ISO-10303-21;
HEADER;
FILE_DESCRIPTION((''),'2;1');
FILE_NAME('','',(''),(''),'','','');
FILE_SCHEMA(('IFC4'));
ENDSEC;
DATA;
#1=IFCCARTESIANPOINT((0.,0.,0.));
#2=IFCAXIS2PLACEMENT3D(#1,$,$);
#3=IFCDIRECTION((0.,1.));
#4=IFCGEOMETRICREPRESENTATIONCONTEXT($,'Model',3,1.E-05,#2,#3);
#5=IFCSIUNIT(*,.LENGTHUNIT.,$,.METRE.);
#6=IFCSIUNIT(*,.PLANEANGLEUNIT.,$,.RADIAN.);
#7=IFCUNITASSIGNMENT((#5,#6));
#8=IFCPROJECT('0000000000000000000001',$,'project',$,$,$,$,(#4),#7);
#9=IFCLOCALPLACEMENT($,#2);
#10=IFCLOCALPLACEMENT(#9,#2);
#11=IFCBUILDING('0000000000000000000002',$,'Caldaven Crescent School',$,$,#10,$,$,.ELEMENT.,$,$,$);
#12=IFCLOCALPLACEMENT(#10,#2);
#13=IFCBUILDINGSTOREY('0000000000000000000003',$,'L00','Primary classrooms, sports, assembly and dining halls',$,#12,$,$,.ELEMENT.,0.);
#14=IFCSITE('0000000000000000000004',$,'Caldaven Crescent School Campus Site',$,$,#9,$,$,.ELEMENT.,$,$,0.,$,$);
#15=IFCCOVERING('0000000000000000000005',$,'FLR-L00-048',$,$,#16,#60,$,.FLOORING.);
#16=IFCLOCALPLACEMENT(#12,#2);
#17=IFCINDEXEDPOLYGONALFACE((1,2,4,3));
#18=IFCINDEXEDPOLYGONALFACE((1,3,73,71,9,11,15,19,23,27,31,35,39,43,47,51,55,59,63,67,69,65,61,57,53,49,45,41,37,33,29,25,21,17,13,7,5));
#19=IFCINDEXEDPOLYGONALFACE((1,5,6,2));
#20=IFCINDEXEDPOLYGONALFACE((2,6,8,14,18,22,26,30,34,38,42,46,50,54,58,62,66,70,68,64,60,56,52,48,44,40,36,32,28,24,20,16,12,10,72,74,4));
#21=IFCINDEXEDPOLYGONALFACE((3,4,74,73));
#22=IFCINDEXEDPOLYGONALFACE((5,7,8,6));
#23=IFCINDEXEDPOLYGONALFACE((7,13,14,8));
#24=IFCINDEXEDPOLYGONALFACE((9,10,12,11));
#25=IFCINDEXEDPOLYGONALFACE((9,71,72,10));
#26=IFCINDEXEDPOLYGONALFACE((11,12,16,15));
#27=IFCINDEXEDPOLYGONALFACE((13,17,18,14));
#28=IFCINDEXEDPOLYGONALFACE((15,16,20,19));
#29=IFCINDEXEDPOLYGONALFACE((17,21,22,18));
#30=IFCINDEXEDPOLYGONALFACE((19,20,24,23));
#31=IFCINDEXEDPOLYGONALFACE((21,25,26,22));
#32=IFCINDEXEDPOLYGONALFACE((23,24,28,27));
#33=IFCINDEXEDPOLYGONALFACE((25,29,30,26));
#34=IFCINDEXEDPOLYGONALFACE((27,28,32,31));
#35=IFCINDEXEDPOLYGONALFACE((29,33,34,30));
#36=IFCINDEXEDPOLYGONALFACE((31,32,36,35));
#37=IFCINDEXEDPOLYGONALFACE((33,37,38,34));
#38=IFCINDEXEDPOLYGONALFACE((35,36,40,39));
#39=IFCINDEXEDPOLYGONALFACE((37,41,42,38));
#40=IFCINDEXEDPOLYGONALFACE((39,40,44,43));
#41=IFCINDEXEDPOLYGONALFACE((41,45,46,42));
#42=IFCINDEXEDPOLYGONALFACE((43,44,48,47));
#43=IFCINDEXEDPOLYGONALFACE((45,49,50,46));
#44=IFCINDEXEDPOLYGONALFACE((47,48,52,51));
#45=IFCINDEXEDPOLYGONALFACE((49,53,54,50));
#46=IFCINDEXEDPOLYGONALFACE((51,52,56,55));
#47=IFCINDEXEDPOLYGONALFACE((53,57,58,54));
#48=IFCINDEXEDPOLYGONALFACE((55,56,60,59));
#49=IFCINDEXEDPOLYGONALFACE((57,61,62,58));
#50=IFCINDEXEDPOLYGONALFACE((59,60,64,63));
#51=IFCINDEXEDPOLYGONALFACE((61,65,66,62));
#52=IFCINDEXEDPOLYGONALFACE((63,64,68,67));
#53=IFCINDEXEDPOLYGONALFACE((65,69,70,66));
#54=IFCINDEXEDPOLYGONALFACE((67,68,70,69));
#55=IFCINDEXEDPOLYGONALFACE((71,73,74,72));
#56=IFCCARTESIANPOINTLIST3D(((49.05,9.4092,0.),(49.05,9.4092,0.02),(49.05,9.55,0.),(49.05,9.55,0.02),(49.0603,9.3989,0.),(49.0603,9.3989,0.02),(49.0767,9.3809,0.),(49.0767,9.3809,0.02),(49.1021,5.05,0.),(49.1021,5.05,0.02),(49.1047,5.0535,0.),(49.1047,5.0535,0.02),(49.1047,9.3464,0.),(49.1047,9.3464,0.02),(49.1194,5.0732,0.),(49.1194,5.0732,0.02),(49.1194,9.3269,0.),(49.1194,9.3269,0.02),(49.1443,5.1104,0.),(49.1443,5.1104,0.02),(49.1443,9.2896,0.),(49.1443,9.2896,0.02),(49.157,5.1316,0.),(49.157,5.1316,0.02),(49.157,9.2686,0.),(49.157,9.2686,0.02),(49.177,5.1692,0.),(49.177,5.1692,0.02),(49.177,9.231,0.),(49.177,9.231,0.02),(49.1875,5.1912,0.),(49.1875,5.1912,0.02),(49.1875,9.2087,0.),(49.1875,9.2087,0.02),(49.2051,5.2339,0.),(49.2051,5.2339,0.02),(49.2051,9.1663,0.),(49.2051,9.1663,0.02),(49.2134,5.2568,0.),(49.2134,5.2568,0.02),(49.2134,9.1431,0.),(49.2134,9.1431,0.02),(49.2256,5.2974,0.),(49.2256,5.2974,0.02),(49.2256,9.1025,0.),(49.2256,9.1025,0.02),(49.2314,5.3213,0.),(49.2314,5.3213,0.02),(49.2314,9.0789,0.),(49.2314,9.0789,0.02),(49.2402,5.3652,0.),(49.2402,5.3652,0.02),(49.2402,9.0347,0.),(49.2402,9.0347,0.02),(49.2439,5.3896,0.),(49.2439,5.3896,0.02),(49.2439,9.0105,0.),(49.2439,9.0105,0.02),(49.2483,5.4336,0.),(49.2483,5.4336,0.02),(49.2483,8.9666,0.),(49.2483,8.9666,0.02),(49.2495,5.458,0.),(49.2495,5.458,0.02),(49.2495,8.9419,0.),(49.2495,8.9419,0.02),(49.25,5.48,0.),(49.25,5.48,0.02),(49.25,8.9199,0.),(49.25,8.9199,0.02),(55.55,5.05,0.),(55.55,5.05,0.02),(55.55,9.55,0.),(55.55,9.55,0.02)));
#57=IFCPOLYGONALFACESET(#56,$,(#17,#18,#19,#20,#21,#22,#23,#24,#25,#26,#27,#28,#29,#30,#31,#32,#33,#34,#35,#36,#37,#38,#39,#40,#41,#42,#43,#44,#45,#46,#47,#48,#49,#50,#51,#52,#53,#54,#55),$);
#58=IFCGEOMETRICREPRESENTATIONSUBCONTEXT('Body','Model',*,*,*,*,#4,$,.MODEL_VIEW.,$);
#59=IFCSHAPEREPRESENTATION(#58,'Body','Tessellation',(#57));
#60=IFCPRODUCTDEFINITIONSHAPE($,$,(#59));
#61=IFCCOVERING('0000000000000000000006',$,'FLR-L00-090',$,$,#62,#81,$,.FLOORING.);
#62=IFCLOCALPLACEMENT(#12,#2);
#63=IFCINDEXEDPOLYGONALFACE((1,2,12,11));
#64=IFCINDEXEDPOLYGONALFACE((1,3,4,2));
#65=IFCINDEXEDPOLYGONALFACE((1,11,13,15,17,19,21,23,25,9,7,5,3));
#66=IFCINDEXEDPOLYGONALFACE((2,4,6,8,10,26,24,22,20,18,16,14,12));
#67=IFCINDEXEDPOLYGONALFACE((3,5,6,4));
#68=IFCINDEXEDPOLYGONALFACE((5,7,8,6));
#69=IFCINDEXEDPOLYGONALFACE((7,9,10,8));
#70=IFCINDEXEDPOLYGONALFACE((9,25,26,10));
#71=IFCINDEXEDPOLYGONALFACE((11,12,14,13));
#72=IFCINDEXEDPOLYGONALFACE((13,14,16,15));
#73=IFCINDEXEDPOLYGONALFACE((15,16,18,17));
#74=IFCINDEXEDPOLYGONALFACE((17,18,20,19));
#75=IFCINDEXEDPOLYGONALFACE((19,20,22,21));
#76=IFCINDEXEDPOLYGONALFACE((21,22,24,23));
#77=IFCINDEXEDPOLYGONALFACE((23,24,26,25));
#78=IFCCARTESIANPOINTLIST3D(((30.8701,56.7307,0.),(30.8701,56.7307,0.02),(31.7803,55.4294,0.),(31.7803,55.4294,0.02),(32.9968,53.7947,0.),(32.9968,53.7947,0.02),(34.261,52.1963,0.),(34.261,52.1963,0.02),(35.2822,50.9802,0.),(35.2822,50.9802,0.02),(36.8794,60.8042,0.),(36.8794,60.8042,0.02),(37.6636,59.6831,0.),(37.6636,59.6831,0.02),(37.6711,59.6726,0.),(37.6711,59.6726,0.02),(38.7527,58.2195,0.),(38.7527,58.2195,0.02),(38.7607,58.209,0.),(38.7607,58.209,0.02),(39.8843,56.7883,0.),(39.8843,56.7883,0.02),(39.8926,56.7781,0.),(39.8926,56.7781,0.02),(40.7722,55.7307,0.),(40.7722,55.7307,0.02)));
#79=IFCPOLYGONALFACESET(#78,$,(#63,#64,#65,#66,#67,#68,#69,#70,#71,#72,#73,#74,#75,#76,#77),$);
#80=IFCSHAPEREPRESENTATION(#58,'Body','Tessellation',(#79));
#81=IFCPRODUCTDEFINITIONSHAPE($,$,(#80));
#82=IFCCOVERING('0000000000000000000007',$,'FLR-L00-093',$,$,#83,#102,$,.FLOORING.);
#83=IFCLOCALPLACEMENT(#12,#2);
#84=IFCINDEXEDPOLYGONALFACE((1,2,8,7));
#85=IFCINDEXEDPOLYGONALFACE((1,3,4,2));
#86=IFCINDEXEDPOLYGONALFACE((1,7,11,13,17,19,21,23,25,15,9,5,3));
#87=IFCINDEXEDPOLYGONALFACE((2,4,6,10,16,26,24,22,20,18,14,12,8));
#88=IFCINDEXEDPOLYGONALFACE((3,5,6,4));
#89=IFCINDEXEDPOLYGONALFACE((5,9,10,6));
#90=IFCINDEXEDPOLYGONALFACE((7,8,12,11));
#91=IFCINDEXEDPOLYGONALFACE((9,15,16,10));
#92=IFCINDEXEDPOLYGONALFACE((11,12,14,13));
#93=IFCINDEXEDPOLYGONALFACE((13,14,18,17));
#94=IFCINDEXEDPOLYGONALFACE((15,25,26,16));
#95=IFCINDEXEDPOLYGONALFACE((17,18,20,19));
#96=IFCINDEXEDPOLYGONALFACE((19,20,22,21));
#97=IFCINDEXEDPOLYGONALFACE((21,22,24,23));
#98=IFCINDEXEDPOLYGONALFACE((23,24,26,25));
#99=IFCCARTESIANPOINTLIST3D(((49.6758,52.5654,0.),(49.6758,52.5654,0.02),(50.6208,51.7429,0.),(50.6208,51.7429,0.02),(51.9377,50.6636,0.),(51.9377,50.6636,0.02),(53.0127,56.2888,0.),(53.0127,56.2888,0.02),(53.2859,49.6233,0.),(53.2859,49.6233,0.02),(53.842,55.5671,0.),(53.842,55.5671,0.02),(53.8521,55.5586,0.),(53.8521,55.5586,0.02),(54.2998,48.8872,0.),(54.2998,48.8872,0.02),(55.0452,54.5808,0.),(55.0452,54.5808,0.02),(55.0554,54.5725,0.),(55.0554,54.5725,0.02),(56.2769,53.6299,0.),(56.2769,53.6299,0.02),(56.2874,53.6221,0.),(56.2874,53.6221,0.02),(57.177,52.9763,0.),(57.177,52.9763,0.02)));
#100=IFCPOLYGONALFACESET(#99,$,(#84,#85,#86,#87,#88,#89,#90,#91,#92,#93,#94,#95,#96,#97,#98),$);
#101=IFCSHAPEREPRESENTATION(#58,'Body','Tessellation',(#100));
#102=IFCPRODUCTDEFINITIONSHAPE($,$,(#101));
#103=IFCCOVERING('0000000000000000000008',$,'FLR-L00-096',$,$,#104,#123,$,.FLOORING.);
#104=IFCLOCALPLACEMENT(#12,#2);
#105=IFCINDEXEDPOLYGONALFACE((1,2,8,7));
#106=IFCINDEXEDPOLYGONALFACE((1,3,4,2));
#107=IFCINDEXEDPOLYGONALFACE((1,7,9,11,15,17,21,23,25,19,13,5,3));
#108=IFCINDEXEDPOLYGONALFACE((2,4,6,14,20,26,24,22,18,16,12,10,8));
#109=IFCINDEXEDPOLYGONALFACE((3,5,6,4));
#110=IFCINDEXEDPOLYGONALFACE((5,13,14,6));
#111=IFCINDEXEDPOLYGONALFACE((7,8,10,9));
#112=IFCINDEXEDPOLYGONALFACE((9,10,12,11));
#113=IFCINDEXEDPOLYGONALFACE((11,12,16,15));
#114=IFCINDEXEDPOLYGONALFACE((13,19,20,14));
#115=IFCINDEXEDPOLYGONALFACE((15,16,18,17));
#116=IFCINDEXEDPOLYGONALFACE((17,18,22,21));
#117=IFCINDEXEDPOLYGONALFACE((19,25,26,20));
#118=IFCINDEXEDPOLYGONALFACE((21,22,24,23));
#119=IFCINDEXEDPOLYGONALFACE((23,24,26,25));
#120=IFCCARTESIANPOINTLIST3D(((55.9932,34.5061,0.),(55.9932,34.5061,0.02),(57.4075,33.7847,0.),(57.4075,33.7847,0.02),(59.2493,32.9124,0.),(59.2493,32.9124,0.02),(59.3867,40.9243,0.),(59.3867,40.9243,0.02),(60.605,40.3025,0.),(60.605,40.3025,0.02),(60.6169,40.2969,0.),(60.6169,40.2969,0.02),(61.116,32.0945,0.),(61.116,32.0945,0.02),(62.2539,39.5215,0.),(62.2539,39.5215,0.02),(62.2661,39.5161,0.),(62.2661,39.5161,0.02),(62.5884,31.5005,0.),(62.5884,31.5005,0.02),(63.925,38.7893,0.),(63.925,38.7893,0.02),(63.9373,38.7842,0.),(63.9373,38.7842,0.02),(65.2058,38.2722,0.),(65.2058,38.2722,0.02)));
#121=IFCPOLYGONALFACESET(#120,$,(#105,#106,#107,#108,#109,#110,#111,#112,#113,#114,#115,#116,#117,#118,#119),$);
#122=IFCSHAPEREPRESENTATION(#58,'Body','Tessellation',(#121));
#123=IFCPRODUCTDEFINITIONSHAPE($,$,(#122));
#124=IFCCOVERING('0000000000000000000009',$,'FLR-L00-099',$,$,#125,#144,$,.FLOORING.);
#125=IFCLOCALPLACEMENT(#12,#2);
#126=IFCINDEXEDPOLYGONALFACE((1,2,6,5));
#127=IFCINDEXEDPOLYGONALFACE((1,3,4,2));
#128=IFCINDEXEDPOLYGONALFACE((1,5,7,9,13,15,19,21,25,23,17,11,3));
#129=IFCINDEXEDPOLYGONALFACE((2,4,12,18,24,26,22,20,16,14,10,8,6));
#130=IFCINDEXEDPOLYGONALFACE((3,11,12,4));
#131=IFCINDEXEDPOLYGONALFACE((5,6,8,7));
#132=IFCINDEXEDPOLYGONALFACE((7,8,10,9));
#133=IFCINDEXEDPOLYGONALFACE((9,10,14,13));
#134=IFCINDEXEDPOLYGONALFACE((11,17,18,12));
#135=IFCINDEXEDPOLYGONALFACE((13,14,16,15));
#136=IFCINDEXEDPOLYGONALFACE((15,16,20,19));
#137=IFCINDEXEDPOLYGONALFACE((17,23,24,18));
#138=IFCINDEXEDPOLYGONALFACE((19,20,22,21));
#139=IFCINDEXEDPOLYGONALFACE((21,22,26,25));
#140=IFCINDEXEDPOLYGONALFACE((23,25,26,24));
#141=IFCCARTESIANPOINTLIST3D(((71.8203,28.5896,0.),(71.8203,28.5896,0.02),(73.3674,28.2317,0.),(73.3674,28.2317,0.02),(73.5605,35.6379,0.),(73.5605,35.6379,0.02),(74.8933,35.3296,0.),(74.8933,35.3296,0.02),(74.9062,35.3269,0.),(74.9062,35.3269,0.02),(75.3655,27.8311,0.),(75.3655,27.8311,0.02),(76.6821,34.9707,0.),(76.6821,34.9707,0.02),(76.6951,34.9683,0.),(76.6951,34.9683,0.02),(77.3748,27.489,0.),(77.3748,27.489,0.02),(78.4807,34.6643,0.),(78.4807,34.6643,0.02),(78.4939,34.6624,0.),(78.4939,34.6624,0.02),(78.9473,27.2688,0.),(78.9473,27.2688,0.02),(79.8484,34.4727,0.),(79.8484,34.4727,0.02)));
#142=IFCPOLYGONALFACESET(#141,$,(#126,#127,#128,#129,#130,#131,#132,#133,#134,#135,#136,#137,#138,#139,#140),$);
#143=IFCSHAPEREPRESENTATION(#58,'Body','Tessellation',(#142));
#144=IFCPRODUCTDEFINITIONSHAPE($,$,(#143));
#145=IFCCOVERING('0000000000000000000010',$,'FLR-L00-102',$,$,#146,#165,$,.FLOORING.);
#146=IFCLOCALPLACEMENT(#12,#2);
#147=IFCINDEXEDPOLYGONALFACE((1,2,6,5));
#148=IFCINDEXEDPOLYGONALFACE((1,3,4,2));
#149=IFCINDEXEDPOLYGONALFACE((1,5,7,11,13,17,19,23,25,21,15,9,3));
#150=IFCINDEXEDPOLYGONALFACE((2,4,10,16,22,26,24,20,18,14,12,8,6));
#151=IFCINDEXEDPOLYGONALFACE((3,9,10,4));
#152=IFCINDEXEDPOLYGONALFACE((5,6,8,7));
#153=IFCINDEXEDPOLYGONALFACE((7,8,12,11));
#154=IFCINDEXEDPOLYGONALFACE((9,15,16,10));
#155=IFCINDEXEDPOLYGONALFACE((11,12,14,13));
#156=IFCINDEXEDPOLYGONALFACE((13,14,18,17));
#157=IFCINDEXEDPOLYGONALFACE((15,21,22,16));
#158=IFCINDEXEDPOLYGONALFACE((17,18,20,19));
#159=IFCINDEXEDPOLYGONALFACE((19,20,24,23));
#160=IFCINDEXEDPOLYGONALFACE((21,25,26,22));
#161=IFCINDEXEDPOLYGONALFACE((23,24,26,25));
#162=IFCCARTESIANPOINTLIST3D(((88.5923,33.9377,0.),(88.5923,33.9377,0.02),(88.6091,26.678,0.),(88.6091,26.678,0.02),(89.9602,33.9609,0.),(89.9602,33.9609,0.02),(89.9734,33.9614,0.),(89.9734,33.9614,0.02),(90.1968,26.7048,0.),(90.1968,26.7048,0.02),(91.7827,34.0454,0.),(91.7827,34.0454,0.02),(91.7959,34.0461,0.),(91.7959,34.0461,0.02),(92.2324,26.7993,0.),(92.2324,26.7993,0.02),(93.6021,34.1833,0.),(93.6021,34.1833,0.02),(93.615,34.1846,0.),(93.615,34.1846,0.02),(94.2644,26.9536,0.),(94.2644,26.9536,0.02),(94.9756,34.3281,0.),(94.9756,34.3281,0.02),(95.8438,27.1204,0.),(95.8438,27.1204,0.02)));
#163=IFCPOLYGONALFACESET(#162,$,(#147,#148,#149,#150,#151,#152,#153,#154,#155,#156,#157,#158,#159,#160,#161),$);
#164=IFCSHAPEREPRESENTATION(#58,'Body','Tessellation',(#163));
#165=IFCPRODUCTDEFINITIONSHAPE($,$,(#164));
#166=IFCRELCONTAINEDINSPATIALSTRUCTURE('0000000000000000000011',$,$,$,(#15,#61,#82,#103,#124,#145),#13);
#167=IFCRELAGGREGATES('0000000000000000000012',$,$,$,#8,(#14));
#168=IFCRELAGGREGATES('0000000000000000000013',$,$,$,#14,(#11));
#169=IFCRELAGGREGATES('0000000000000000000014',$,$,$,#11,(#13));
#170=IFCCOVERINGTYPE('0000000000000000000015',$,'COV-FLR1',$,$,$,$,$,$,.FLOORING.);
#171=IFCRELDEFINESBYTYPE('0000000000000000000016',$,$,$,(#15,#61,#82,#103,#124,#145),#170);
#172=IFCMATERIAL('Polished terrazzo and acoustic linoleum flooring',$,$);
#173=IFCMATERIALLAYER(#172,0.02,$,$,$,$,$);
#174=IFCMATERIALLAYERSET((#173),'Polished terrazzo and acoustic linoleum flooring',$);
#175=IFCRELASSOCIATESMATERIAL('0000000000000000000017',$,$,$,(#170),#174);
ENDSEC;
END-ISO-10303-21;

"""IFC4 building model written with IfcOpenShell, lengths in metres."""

from ifc_helpers import new_model, si_unit, direction, origin, place, context, subcontext, project, spatial, polyline, outline, extrude, material, layer, layer_set, type_object, element, save


model = new_model("IFC4")

# Units and contexts
model_context = context("Model", 3, precision=1e-05, world=origin(), true_north=direction((0.0, 1.0)))
body_context = subcontext(model_context, "Body", "Model", "MODEL_VIEW")
ifc_project = project(units=[si_unit("LENGTHUNIT", "METRE"), si_unit("PLANEANGLEUNIT", "RADIAN")], contexts=[model_context])

# Site, building, storey
site_placement = place(None, origin())
site = spatial("IfcSite", under=ifc_project, at=site_placement, Name="Caldaven Crescent School Campus Site", CompositionType="ELEMENT", RefElevation=0.0)
building_placement = place(site_placement, origin())
building = spatial("IfcBuilding", under=site, at=building_placement, Name="Caldaven Crescent School", CompositionType="ELEMENT")
storey_placement = place(building_placement, origin())
storey = spatial("IfcBuildingStorey", under=building, at=storey_placement, Name="L00", Description="Primary classrooms, sports, assembly and dining halls", CompositionType="ELEMENT", Elevation=0.0)

# Coverings
ifc_material_1 = material(Name="Polished terrazzo and acoustic linoleum flooring")
ifc_layer_1 = layer(ifc_material_1, 0.02)
ifc_layer_set_1 = layer_set([ifc_layer_1], Name="Polished terrazzo and acoustic linoleum flooring")
covering_type_1 = type_object("IfcCoveringType", Name="COV-FLR1", PredefinedType="FLOORING", material=ifc_layer_set_1)
covering_1_placement = place(storey_placement, origin())
element("IfcCovering", 1, at=covering_1_placement, inside=storey, type_object=covering_type_1, Name="FLR-L00-048", PredefinedType="FLOORING", context=body_context, shape_type="SweptSolid", body=[
    extrude(outline(polyline([(49.05, 9.4092), (49.05, 9.55), (55.55, 9.55), (55.55, 5.05), (49.1021, 5.05), (49.1047, 5.0535), (49.1194, 5.0732), (49.1443, 5.1104), (49.157, 5.1316), (49.177, 5.1692), (49.1875, 5.1912), (49.2051, 5.2339), (49.2134, 5.2568), (49.2256, 5.2974), (49.2314, 5.3213), (49.2402, 5.3652), (49.2439, 5.3896), (49.2483, 5.4336), (49.2495, 5.458), (49.25, 5.48), (49.25, 8.9199), (49.2495, 8.9419), (49.2483, 8.9666), (49.2439, 9.0105), (49.2402, 9.0347), (49.2314, 9.0789), (49.2256, 9.1025), (49.2134, 9.1431), (49.2051, 9.1663), (49.1875, 9.2087), (49.177, 9.231), (49.157, 9.2686), (49.1443, 9.2896), (49.1194, 9.3269), (49.1047, 9.3464), (49.0767, 9.3809), (49.0603, 9.3989), (49.05, 9.4092)])), origin(), (0.0, 0.0, 1.0), 0.02),
])
covering_2_placement = place(storey_placement, origin())
element("IfcCovering", 2, at=covering_2_placement, inside=storey, type_object=covering_type_1, Name="FLR-L00-090", PredefinedType="FLOORING", context=body_context, shape_type="SweptSolid", body=[
    extrude(outline(polyline([(36.8794, 60.8042), (37.6636, 59.6831), (37.6711, 59.6726), (38.7527, 58.2195), (38.7607, 58.209), (39.8843, 56.7883), (39.8926, 56.7781), (40.7722, 55.7307), (35.2822, 50.9802), (34.261, 52.1963), (32.9968, 53.7947), (31.7803, 55.4294), (30.8701, 56.7307), (36.8794, 60.8042)])), origin(), (0.0, 0.0, 1.0), 0.02),
])
covering_3_placement = place(storey_placement, origin())
element("IfcCovering", 3, at=covering_3_placement, inside=storey, type_object=covering_type_1, Name="FLR-L00-093", PredefinedType="FLOORING", context=body_context, shape_type="SweptSolid", body=[
    extrude(outline(polyline([(53.0127, 56.2888), (53.842, 55.5671), (53.8521, 55.5586), (55.0452, 54.5808), (55.0554, 54.5725), (56.2769, 53.6299), (56.2874, 53.6221), (57.177, 52.9763), (54.2998, 48.8872), (53.2859, 49.6233), (51.9377, 50.6636), (50.6208, 51.7429), (49.6758, 52.5654), (53.0127, 56.2888)])), origin(), (0.0, 0.0, 1.0), 0.02),
])
covering_4_placement = place(storey_placement, origin())
element("IfcCovering", 4, at=covering_4_placement, inside=storey, type_object=covering_type_1, Name="FLR-L00-096", PredefinedType="FLOORING", context=body_context, shape_type="SweptSolid", body=[
    extrude(outline(polyline([(59.3867, 40.9243), (60.605, 40.3025), (60.6169, 40.2969), (62.2539, 39.5215), (62.2661, 39.5161), (63.925, 38.7893), (63.9373, 38.7842), (65.2058, 38.2722), (62.5884, 31.5005), (61.116, 32.0945), (59.2493, 32.9124), (57.4075, 33.7847), (55.9932, 34.5061), (59.3867, 40.9243)])), origin(), (0.0, 0.0, 1.0), 0.02),
])
covering_5_placement = place(storey_placement, origin())
element("IfcCovering", 5, at=covering_5_placement, inside=storey, type_object=covering_type_1, Name="FLR-L00-099", PredefinedType="FLOORING", context=body_context, shape_type="SweptSolid", body=[
    extrude(outline(polyline([(73.5605, 35.6379), (74.8933, 35.3296), (74.9062, 35.3269), (76.6821, 34.9707), (76.6951, 34.9683), (78.4807, 34.6643), (78.4939, 34.6624), (79.8484, 34.4727), (78.9473, 27.2688), (77.3748, 27.489), (75.3655, 27.8311), (73.3674, 28.2317), (71.8203, 28.5896), (73.5605, 35.6379)])), origin(), (0.0, 0.0, 1.0), 0.02),
])
covering_6_placement = place(storey_placement, origin())
element("IfcCovering", 6, at=covering_6_placement, inside=storey, type_object=covering_type_1, Name="FLR-L00-102", PredefinedType="FLOORING", context=body_context, shape_type="SweptSolid", body=[
    extrude(outline(polyline([(88.5923, 33.9377), (89.9602, 33.9609), (89.9734, 33.9614), (91.7827, 34.0454), (91.7959, 34.0461), (93.6021, 34.1833), (93.615, 34.1846), (94.9756, 34.3281), (95.8438, 27.1204), (94.2644, 26.9536), (92.2324, 26.7993), (90.1968, 26.7048), (88.6091, 26.678), (88.5923, 33.9377)])), origin(), (0.0, 0.0, 1.0), 0.02),
])

save(model, "model.ifc")
